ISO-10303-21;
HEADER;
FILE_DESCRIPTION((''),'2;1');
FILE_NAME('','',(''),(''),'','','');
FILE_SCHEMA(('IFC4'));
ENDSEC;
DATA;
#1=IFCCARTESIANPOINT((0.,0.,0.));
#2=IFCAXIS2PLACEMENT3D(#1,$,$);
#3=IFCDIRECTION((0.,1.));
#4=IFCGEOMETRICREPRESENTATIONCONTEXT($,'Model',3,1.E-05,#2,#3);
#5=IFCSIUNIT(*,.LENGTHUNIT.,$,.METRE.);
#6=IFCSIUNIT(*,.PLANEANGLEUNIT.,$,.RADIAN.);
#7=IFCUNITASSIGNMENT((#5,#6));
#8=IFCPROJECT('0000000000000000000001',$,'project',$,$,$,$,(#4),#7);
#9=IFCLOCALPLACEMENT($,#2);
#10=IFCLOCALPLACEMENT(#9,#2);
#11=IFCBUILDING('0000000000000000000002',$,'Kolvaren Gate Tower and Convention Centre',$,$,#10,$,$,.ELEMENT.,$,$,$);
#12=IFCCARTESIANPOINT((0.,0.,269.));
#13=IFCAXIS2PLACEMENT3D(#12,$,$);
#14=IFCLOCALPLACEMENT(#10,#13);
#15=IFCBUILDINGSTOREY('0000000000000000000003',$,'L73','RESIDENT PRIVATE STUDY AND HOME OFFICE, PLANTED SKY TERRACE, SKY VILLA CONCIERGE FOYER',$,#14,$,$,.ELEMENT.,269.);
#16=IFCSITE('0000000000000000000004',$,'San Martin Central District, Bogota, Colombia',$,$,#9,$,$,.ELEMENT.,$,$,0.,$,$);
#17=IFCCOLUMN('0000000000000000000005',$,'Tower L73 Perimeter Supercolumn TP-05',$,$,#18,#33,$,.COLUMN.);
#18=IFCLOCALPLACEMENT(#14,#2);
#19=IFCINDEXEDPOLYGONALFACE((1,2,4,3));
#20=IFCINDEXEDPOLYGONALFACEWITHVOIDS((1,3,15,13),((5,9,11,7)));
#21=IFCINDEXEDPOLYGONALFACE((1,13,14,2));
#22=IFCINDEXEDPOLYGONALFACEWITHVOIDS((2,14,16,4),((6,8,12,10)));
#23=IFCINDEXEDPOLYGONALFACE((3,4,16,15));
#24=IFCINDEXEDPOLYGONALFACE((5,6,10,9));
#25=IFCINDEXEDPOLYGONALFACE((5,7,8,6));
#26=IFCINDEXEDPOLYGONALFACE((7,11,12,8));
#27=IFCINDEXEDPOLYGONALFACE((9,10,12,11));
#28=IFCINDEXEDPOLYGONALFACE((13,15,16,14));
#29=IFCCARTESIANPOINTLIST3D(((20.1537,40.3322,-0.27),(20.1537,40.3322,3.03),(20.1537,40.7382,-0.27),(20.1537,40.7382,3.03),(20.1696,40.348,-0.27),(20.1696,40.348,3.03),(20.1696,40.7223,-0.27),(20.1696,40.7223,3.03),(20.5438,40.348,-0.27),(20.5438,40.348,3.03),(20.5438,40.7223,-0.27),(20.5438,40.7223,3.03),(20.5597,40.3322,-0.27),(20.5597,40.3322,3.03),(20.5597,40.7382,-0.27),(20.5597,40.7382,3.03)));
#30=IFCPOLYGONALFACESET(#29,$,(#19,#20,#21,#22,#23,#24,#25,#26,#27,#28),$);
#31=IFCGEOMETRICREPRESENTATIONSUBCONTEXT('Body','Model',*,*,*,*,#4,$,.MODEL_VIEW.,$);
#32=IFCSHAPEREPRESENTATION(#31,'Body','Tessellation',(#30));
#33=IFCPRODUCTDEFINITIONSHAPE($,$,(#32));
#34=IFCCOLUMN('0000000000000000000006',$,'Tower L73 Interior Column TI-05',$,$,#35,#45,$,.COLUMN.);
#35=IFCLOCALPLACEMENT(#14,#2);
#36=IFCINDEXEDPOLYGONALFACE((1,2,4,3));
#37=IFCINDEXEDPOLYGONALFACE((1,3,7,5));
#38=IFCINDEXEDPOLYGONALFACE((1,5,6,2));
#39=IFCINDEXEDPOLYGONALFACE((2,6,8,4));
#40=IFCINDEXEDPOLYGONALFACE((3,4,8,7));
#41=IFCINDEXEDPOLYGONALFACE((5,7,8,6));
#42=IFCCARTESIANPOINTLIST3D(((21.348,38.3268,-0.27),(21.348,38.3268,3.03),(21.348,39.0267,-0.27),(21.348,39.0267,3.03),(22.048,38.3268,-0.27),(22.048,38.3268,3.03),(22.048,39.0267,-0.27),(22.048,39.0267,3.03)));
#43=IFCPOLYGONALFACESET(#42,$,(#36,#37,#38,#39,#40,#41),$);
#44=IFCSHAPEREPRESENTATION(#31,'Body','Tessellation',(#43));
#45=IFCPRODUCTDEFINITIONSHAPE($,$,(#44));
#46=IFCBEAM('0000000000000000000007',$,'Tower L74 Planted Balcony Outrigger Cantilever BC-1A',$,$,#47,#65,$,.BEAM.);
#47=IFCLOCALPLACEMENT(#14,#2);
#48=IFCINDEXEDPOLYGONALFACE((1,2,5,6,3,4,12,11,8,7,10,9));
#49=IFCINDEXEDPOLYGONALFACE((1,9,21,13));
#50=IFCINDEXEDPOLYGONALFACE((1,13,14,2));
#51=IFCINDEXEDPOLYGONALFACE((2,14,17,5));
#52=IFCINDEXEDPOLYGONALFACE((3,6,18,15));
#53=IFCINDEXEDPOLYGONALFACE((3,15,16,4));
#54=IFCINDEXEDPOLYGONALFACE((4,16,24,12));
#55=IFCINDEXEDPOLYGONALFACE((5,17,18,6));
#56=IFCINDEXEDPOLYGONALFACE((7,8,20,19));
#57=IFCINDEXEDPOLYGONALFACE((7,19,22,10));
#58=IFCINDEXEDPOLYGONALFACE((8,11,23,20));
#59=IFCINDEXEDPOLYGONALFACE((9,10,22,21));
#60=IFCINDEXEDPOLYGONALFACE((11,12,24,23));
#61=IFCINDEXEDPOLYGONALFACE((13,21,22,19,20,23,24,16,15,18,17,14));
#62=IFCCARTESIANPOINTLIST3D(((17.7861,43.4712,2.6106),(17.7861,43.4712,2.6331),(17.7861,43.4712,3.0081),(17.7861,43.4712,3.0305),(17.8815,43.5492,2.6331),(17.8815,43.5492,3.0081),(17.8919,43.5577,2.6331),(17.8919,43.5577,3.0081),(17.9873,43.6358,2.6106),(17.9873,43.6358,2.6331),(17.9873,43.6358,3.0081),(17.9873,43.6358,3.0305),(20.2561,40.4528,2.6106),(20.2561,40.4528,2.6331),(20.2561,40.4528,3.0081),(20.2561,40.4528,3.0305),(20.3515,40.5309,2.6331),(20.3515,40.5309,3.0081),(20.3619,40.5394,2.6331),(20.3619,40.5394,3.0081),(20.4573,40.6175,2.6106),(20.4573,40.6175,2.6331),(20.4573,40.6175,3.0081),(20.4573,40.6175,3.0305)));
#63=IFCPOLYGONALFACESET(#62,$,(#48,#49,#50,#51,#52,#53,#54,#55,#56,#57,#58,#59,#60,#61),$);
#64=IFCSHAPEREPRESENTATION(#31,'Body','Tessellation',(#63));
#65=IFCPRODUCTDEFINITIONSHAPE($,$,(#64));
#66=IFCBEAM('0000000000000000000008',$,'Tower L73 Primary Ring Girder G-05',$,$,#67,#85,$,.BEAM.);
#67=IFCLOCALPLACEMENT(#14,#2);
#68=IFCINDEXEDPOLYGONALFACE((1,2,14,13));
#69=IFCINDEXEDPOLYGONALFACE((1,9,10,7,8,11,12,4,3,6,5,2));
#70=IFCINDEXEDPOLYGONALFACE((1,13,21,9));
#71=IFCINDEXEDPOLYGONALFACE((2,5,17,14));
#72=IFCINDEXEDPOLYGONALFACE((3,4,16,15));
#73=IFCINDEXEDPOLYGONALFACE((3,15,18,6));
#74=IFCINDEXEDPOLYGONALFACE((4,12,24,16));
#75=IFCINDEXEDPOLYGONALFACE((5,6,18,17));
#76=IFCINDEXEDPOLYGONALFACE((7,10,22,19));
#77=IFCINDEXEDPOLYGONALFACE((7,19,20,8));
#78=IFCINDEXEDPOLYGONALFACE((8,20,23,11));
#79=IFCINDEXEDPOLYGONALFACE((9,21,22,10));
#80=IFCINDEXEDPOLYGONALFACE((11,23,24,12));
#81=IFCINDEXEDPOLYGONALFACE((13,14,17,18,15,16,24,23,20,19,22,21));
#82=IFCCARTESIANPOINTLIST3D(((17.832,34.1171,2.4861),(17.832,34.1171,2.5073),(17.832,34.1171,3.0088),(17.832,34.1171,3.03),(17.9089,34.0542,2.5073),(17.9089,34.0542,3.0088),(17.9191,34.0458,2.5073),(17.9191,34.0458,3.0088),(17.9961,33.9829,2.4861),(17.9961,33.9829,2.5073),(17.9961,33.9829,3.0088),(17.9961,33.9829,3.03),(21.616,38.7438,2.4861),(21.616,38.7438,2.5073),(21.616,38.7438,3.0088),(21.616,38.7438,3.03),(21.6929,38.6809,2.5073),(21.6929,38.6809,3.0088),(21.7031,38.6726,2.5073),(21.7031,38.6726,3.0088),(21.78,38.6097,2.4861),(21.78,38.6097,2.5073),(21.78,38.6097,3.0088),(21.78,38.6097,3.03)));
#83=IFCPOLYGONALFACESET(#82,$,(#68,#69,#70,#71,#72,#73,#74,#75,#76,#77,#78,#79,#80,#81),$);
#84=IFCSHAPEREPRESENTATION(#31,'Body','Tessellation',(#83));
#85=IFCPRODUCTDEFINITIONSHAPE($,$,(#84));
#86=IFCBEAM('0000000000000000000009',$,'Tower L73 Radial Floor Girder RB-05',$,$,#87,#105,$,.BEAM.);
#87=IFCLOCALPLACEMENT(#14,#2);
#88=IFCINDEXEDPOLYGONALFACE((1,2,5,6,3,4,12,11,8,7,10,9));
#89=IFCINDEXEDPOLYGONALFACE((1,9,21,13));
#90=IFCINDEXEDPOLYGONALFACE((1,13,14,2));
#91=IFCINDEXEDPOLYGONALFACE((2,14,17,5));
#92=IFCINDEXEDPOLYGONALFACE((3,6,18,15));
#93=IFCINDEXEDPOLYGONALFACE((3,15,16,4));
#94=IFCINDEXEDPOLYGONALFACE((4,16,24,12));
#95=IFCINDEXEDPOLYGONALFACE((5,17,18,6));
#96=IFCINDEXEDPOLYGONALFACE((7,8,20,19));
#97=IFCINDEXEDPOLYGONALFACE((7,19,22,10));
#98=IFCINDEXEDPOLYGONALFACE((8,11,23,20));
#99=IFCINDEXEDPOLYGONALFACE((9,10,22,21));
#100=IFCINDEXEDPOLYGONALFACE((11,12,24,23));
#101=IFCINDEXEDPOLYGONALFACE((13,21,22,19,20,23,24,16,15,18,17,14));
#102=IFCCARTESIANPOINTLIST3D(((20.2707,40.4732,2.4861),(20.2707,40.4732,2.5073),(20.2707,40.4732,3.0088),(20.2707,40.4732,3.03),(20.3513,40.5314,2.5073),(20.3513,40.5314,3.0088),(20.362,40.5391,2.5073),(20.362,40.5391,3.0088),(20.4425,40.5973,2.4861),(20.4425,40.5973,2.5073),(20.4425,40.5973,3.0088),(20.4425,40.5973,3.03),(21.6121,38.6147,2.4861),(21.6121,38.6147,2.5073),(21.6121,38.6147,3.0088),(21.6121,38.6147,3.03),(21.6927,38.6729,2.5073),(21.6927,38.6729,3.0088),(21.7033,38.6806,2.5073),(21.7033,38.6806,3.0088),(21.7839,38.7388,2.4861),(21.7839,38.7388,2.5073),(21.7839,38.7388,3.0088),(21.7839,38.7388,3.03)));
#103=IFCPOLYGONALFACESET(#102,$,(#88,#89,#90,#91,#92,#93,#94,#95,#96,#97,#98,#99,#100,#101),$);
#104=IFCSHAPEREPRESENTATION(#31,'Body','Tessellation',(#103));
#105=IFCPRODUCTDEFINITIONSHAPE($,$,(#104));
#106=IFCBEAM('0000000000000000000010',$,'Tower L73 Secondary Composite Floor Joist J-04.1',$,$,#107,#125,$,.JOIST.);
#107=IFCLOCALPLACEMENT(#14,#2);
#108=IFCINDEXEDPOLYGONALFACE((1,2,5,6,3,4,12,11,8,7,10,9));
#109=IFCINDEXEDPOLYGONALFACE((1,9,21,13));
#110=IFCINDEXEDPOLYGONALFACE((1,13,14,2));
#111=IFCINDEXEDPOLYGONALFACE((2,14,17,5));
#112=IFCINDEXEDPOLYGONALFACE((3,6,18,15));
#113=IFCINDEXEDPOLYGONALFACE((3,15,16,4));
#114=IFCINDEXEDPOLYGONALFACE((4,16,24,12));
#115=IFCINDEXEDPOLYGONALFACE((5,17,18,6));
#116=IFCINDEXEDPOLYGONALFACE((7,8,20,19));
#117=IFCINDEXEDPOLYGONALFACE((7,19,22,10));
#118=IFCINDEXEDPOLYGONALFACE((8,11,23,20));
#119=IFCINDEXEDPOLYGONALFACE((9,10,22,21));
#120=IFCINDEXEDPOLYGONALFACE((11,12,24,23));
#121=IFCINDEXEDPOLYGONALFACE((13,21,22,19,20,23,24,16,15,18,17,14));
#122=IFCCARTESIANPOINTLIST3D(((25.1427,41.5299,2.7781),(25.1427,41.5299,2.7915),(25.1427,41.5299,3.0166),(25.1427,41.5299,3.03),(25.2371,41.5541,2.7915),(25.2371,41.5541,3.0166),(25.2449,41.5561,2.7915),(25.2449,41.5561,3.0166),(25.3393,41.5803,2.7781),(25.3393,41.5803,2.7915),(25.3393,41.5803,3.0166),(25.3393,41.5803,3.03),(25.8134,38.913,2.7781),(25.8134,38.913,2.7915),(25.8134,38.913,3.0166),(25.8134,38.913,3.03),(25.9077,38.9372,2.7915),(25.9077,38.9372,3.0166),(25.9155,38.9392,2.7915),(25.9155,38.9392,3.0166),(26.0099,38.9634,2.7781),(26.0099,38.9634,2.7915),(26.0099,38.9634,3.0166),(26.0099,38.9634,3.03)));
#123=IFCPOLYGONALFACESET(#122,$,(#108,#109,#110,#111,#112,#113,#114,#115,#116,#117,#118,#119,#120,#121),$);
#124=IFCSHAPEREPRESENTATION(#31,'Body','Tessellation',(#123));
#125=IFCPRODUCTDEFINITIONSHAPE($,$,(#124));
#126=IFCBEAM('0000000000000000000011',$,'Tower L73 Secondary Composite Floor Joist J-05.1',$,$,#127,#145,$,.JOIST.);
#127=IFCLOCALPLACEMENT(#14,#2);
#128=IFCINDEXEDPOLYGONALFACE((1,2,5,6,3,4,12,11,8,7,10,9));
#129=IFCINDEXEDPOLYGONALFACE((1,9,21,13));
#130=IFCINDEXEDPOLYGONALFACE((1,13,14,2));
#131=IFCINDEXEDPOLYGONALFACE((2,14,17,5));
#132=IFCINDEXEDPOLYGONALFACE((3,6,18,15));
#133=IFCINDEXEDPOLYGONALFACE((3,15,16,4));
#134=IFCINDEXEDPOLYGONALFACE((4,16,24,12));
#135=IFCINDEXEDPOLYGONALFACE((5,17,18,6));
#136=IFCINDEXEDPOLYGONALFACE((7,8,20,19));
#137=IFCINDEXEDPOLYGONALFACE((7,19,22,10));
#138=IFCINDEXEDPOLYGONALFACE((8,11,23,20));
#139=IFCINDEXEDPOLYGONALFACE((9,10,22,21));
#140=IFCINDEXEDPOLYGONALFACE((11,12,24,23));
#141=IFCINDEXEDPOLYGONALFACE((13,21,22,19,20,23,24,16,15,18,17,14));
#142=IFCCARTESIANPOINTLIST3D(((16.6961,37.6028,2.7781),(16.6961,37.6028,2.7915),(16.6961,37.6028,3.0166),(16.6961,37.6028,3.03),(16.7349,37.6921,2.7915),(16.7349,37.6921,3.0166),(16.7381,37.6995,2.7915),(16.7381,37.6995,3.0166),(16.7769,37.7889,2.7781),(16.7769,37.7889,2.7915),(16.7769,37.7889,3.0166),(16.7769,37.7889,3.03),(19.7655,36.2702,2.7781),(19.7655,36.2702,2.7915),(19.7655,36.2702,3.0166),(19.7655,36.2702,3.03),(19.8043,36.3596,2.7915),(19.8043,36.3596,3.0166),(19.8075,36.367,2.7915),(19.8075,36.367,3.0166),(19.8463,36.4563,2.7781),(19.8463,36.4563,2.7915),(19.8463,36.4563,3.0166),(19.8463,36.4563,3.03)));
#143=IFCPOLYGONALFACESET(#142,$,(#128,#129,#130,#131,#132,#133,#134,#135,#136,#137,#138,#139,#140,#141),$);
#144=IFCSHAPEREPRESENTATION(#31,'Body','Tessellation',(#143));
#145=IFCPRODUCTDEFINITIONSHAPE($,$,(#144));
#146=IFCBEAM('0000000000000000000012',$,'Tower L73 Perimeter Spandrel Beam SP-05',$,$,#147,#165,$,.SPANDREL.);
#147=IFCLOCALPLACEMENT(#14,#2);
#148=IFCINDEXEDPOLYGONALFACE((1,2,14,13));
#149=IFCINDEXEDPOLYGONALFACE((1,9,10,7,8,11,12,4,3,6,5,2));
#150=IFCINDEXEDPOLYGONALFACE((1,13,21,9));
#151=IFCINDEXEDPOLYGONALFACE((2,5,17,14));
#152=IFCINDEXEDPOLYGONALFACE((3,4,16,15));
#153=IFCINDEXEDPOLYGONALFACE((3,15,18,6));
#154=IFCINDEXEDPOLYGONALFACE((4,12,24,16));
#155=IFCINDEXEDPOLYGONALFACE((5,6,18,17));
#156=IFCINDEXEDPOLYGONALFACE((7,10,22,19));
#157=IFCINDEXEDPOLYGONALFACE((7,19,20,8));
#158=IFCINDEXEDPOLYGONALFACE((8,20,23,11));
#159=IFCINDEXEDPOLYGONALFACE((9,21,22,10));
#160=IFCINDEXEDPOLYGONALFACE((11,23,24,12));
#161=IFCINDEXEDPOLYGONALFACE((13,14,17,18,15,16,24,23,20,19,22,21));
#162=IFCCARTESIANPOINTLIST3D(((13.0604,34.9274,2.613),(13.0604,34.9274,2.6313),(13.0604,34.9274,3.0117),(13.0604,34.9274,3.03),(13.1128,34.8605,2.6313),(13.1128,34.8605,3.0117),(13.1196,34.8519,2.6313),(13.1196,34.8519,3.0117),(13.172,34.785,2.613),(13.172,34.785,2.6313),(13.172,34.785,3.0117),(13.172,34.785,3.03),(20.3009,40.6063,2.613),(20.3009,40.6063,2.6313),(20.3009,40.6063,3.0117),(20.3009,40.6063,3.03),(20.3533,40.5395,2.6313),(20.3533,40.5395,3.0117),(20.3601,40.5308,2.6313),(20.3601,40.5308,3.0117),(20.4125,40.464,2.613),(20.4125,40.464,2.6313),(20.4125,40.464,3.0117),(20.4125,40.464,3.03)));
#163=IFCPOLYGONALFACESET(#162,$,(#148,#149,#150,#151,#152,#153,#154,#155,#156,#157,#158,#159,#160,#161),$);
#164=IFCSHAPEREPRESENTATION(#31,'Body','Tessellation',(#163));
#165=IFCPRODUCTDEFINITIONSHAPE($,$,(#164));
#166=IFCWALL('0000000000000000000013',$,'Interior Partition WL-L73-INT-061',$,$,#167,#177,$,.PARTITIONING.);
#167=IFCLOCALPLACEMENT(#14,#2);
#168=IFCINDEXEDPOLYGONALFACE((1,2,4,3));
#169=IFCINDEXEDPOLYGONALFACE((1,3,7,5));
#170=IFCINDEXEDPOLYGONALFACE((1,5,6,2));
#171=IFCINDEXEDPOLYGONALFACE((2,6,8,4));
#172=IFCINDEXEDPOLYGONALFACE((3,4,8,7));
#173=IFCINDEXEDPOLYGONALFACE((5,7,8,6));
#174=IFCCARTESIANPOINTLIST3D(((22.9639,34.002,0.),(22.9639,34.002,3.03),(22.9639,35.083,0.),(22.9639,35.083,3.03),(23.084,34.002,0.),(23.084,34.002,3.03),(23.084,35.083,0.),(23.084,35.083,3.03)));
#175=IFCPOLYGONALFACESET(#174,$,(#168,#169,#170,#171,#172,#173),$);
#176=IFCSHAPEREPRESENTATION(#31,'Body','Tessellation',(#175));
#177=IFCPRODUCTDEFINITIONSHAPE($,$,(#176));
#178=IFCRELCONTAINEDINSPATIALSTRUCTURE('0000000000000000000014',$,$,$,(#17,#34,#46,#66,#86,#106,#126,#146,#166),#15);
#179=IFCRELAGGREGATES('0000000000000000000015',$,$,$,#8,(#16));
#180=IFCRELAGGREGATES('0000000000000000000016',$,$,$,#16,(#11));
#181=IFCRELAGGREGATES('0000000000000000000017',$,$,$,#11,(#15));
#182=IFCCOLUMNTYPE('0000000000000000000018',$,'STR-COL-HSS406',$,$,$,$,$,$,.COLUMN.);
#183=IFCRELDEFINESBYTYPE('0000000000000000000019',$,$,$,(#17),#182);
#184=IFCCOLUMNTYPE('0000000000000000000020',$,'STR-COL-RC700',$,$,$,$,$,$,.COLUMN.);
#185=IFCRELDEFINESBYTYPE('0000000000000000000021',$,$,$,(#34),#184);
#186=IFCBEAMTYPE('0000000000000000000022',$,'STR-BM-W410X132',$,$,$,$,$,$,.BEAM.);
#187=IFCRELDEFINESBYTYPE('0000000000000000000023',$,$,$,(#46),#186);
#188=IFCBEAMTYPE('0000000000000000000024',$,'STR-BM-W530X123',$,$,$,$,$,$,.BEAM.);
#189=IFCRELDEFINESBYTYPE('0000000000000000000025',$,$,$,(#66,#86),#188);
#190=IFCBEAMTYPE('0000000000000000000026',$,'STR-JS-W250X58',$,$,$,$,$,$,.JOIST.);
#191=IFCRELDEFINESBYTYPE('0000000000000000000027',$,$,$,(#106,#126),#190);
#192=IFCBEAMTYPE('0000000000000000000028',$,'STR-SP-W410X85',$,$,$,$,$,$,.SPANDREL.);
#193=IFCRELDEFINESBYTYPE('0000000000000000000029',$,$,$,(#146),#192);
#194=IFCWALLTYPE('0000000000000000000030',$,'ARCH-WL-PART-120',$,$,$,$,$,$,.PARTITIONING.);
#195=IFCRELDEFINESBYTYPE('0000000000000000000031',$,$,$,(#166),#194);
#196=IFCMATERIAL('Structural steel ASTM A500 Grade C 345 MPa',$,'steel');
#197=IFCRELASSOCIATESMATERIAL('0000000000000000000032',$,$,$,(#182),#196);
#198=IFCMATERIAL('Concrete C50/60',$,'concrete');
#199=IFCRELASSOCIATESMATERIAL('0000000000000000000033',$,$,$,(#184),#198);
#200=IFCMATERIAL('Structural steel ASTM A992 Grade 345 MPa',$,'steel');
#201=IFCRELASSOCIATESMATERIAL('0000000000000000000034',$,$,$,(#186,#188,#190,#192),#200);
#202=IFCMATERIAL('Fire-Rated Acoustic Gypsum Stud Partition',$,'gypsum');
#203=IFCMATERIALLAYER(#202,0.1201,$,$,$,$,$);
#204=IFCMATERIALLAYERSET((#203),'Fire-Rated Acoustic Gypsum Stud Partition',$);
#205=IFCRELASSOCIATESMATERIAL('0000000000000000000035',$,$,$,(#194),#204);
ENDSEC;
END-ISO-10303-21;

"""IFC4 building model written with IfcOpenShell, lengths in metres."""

from ifc_helpers import new_model, si_unit, direction, frame, frame_2d, origin, origin_2d, place, context, subcontext, project, spatial, rectangle, hollow_rectangle, i_section, extrude, material, layer, layer_set, material_profile, profile_set, type_object, element, save


model = new_model("IFC4")

# Units and contexts
model_context = context("Model", 3, precision=1e-05, world=origin(), true_north=direction((0.0, 1.0)))
body_context = subcontext(model_context, "Body", "Model", "MODEL_VIEW")
ifc_project = project(units=[si_unit("LENGTHUNIT", "METRE"), si_unit("PLANEANGLEUNIT", "RADIAN")], contexts=[model_context])

# Site, building, storey
site_placement = place(None, origin())
site = spatial("IfcSite", under=ifc_project, at=site_placement, Name="San Martin Central District, Bogota, Colombia", CompositionType="ELEMENT", RefElevation=0.0)
building_placement = place(site_placement, origin())
building = spatial("IfcBuilding", under=site, at=building_placement, Name="Kolvaren Gate Tower and Convention Centre", CompositionType="ELEMENT")
storey_placement = place(building_placement, frame((0.0, 0.0, 269.0)))
storey = spatial("IfcBuildingStorey", under=building, at=storey_placement, Name="L73", Description="RESIDENT PRIVATE STUDY AND HOME OFFICE, PLANTED SKY TERRACE, SKY VILLA CONCIERGE FOYER", CompositionType="ELEMENT", Elevation=269.0)

# Columns
ifc_material_1 = material(Name="Structural steel ASTM A500 Grade C 345 MPa", Category="steel")
ifc_material_profile_1 = material_profile(ifc_material_1, hollow_rectangle(XDim=0.406, YDim=0.406, WallThickness=0.0159, at=origin_2d()), Name="HSS406X406X15.9")
ifc_profile_set_1 = profile_set([ifc_material_profile_1], Name="Structural steel ASTM A500 Grade C 345 MPa")
column_type_1 = type_object("IfcColumnType", Name="STR-COL-HSS406", PredefinedType="COLUMN", material=ifc_profile_set_1)
column_1_placement = place(storey_placement, frame((20.3567, 40.5352, -0.27), z_axis=(0.0, 0.0, 1.0), x_axis=(1.0, 0.0, 0.0)))
element("IfcColumn", 1, at=column_1_placement, inside=storey, type_object=column_type_1, Name="Tower L73 Perimeter Supercolumn TP-05", PredefinedType="COLUMN", context=body_context, shape_type="SweptSolid", body=[
    extrude(hollow_rectangle(XDim=0.406, YDim=0.406, WallThickness=0.0159, at=origin_2d()), origin(), (0.0, 0.0, 1.0), 3.3),
])
ifc_material_2 = material(Name="Concrete C50/60", Category="concrete")
ifc_material_profile_2 = material_profile(ifc_material_2, rectangle(XDim=0.7, YDim=0.7, at=origin_2d()), Name="RC-COL-700X700")
ifc_profile_set_2 = profile_set([ifc_material_profile_2], Name="Concrete C50/60")
column_type_2 = type_object("IfcColumnType", Name="STR-COL-RC700", PredefinedType="COLUMN", material=ifc_profile_set_2)
column_2_placement = place(storey_placement, frame((21.698, 38.6768, -0.27), z_axis=(0.0, 0.0, 1.0), x_axis=(1.0, 0.0, 0.0)))
element("IfcColumn", 2, at=column_2_placement, inside=storey, type_object=column_type_2, Name="Tower L73 Interior Column TI-05", PredefinedType="COLUMN", context=body_context, shape_type="SweptSolid", body=[
    extrude(rectangle(XDim=0.7, YDim=0.7, at=origin_2d()), origin(), (0.0, 0.0, 1.0), 3.3),
])

# Beams
ifc_material_3 = material(Name="Structural steel ASTM A992 Grade 345 MPa", Category="steel")
ifc_material_profile_3 = material_profile(ifc_material_3, i_section(OverallWidth=0.26, OverallDepth=0.4199, WebThickness=0.0134, FlangeThickness=0.0225, at=origin_2d()), Name="W410X132")
ifc_profile_set_3 = profile_set([ifc_material_profile_3], Name="Structural steel ASTM A992 Grade 345 MPa")
beam_type_1 = type_object("IfcBeamType", Name="STR-BM-W410X132", PredefinedType="BEAM", material=ifc_profile_set_3)
beam_1_placement = place(storey_placement, frame((20.3567, 40.5352, 2.8206), z_axis=(-0.633306, 0.773902, 0.0), x_axis=(-0.773902, -0.633306, 0.0)))
element("IfcBeam", 3, at=beam_1_placement, inside=storey, type_object=beam_type_1, Name="Tower L74 Planted Balcony Outrigger Cantilever BC-1A", PredefinedType="BEAM", context=body_context, shape_type="SweptSolid", body=[
    extrude(i_section(OverallWidth=0.26, OverallDepth=0.4199, WebThickness=0.0134, FlangeThickness=0.0225, at=origin_2d()), origin(), (0.0, 0.0, 1.0), 3.9001),
])
ifc_material_profile_4 = material_profile(ifc_material_3, i_section(OverallWidth=0.2119, OverallDepth=0.5439, WebThickness=0.0132, FlangeThickness=0.0212, at=origin_2d()), Name="W530X123")
ifc_profile_set_4 = profile_set([ifc_material_profile_4], Name="Structural steel ASTM A992 Grade 345 MPa")
beam_type_2 = type_object("IfcBeamType", Name="STR-BM-W530X123", PredefinedType="BEAM", material=ifc_profile_set_4)
beam_2_placement = place(storey_placement, frame((21.698, 38.6768, 2.7581), z_axis=(-0.633082, -0.774085, 0.0), x_axis=(0.774085, -0.633082, 0.0)))
element("IfcBeam", 4, at=beam_2_placement, inside=storey, type_object=beam_type_2, Name="Tower L73 Primary Ring Girder G-05", PredefinedType="BEAM", context=body_context, shape_type="SweptSolid", body=[
    extrude(i_section(OverallWidth=0.2119, OverallDepth=0.5439, WebThickness=0.0132, FlangeThickness=0.0212, at=origin_2d()), origin(), (0.0, 0.0, 1.0), 5.9771),
])
beam_3_placement = place(storey_placement, frame((21.698, 38.6768, 2.7581), z_axis=(-0.585242, 0.810859, 0.0), x_axis=(-0.810859, -0.585242, 0.0)))
element("IfcBeam", 5, at=beam_3_placement, inside=storey, type_object=beam_type_2, Name="Tower L73 Radial Floor Girder RB-05", PredefinedType="BEAM", context=body_context, shape_type="SweptSolid", body=[
    extrude(i_section(OverallWidth=0.2119, OverallDepth=0.5439, WebThickness=0.0132, FlangeThickness=0.0212, at=origin_2d()), origin(), (0.0, 0.0, 1.0), 2.292),
])
ifc_material_profile_5 = material_profile(ifc_material_3, i_section(OverallWidth=0.2029, OverallDepth=0.252, WebThickness=0.0081, FlangeThickness=0.0134, at=origin_2d()), Name="W250X58")
ifc_profile_set_5 = profile_set([ifc_material_profile_5], Name="Structural steel ASTM A992 Grade 345 MPa")
beam_type_3 = type_object("IfcBeamType", Name="STR-JS-W250X58", PredefinedType="JOIST", material=ifc_profile_set_5)
beam_4_placement = place(storey_placement, frame((25.9116, 38.9382, 2.9041), z_axis=(-0.248251, 0.968696, 0.0), x_axis=(-0.968696, -0.248251, 0.0)))
element("IfcBeam", 6, at=beam_4_placement, inside=storey, type_object=beam_type_3, Name="Tower L73 Secondary Composite Floor Joist J-04.1", PredefinedType="JOIST", context=body_context, shape_type="SweptSolid", body=[
    extrude(i_section(OverallWidth=0.2029, OverallDepth=0.252, WebThickness=0.0081, FlangeThickness=0.0134, at=origin_2d()), origin(), (0.0, 0.0, 1.0), 2.7014),
])
beam_5_placement = place(storey_placement, frame((19.8059, 36.3633, 2.9041), z_axis=(-0.917286, 0.39823, 0.0), x_axis=(-0.39823, -0.917286, 0.0)))
element("IfcBeam", 7, at=beam_5_placement, inside=storey, type_object=beam_type_3, Name="Tower L73 Secondary Composite Floor Joist J-05.1", PredefinedType="JOIST", context=body_context, shape_type="SweptSolid", body=[
    extrude(i_section(OverallWidth=0.2029, OverallDepth=0.252, WebThickness=0.0081, FlangeThickness=0.0134, at=origin_2d()), origin(), (0.0, 0.0, 1.0), 3.3462),
])
ifc_material_profile_6 = material_profile(ifc_material_3, i_section(OverallWidth=0.1809, OverallDepth=0.417, WebThickness=0.011, FlangeThickness=0.0183, at=origin_2d()), Name="W410X85")
ifc_profile_set_6 = profile_set([ifc_material_profile_6], Name="Structural steel ASTM A992 Grade 345 MPa")
beam_type_4 = type_object("IfcBeamType", Name="STR-SP-W410X85", PredefinedType="SPANDREL", material=ifc_profile_set_6)
beam_6_placement = place(storey_placement, frame((20.3567, 40.5352, 2.8215), z_axis=(-0.786846, -0.61715, 0.0), x_axis=(0.61715, -0.786846, 0.0)))
element("IfcBeam", 8, at=beam_6_placement, inside=storey, type_object=beam_type_4, Name="Tower L73 Perimeter Spandrel Beam SP-05", PredefinedType="SPANDREL", context=body_context, shape_type="SweptSolid", body=[
    extrude(i_section(OverallWidth=0.1809, OverallDepth=0.417, WebThickness=0.011, FlangeThickness=0.0183, at=origin_2d()), origin(), (0.0, 0.0, 1.0), 9.2019),
])

# Wall
ifc_material_4 = material(Name="Fire-Rated Acoustic Gypsum Stud Partition", Category="gypsum")
ifc_layer_1 = layer(ifc_material_4, 0.1201)
ifc_layer_set_1 = layer_set([ifc_layer_1], Name="Fire-Rated Acoustic Gypsum Stud Partition")
wall_type_1 = type_object("IfcWallType", Name="ARCH-WL-PART-120", PredefinedType="PARTITIONING", material=ifc_layer_set_1)
wall_1_placement = place(storey_placement, frame((23.0239, 34.002, 0.0), z_axis=(0.0, 0.0, 1.0), x_axis=(0.0, 1.0, 0.0)))
element("IfcWall", 9, at=wall_1_placement, inside=storey, type_object=wall_type_1, Name="Interior Partition WL-L73-INT-061", PredefinedType="PARTITIONING", context=body_context, shape_type="SweptSolid", body=[
    extrude(rectangle(XDim=1.0811, YDim=0.1201, at=frame_2d((0.5405, 0.0))), origin(), (0.0, 0.0, 1.0), 3.03),
])

save(model, "model.ifc")
